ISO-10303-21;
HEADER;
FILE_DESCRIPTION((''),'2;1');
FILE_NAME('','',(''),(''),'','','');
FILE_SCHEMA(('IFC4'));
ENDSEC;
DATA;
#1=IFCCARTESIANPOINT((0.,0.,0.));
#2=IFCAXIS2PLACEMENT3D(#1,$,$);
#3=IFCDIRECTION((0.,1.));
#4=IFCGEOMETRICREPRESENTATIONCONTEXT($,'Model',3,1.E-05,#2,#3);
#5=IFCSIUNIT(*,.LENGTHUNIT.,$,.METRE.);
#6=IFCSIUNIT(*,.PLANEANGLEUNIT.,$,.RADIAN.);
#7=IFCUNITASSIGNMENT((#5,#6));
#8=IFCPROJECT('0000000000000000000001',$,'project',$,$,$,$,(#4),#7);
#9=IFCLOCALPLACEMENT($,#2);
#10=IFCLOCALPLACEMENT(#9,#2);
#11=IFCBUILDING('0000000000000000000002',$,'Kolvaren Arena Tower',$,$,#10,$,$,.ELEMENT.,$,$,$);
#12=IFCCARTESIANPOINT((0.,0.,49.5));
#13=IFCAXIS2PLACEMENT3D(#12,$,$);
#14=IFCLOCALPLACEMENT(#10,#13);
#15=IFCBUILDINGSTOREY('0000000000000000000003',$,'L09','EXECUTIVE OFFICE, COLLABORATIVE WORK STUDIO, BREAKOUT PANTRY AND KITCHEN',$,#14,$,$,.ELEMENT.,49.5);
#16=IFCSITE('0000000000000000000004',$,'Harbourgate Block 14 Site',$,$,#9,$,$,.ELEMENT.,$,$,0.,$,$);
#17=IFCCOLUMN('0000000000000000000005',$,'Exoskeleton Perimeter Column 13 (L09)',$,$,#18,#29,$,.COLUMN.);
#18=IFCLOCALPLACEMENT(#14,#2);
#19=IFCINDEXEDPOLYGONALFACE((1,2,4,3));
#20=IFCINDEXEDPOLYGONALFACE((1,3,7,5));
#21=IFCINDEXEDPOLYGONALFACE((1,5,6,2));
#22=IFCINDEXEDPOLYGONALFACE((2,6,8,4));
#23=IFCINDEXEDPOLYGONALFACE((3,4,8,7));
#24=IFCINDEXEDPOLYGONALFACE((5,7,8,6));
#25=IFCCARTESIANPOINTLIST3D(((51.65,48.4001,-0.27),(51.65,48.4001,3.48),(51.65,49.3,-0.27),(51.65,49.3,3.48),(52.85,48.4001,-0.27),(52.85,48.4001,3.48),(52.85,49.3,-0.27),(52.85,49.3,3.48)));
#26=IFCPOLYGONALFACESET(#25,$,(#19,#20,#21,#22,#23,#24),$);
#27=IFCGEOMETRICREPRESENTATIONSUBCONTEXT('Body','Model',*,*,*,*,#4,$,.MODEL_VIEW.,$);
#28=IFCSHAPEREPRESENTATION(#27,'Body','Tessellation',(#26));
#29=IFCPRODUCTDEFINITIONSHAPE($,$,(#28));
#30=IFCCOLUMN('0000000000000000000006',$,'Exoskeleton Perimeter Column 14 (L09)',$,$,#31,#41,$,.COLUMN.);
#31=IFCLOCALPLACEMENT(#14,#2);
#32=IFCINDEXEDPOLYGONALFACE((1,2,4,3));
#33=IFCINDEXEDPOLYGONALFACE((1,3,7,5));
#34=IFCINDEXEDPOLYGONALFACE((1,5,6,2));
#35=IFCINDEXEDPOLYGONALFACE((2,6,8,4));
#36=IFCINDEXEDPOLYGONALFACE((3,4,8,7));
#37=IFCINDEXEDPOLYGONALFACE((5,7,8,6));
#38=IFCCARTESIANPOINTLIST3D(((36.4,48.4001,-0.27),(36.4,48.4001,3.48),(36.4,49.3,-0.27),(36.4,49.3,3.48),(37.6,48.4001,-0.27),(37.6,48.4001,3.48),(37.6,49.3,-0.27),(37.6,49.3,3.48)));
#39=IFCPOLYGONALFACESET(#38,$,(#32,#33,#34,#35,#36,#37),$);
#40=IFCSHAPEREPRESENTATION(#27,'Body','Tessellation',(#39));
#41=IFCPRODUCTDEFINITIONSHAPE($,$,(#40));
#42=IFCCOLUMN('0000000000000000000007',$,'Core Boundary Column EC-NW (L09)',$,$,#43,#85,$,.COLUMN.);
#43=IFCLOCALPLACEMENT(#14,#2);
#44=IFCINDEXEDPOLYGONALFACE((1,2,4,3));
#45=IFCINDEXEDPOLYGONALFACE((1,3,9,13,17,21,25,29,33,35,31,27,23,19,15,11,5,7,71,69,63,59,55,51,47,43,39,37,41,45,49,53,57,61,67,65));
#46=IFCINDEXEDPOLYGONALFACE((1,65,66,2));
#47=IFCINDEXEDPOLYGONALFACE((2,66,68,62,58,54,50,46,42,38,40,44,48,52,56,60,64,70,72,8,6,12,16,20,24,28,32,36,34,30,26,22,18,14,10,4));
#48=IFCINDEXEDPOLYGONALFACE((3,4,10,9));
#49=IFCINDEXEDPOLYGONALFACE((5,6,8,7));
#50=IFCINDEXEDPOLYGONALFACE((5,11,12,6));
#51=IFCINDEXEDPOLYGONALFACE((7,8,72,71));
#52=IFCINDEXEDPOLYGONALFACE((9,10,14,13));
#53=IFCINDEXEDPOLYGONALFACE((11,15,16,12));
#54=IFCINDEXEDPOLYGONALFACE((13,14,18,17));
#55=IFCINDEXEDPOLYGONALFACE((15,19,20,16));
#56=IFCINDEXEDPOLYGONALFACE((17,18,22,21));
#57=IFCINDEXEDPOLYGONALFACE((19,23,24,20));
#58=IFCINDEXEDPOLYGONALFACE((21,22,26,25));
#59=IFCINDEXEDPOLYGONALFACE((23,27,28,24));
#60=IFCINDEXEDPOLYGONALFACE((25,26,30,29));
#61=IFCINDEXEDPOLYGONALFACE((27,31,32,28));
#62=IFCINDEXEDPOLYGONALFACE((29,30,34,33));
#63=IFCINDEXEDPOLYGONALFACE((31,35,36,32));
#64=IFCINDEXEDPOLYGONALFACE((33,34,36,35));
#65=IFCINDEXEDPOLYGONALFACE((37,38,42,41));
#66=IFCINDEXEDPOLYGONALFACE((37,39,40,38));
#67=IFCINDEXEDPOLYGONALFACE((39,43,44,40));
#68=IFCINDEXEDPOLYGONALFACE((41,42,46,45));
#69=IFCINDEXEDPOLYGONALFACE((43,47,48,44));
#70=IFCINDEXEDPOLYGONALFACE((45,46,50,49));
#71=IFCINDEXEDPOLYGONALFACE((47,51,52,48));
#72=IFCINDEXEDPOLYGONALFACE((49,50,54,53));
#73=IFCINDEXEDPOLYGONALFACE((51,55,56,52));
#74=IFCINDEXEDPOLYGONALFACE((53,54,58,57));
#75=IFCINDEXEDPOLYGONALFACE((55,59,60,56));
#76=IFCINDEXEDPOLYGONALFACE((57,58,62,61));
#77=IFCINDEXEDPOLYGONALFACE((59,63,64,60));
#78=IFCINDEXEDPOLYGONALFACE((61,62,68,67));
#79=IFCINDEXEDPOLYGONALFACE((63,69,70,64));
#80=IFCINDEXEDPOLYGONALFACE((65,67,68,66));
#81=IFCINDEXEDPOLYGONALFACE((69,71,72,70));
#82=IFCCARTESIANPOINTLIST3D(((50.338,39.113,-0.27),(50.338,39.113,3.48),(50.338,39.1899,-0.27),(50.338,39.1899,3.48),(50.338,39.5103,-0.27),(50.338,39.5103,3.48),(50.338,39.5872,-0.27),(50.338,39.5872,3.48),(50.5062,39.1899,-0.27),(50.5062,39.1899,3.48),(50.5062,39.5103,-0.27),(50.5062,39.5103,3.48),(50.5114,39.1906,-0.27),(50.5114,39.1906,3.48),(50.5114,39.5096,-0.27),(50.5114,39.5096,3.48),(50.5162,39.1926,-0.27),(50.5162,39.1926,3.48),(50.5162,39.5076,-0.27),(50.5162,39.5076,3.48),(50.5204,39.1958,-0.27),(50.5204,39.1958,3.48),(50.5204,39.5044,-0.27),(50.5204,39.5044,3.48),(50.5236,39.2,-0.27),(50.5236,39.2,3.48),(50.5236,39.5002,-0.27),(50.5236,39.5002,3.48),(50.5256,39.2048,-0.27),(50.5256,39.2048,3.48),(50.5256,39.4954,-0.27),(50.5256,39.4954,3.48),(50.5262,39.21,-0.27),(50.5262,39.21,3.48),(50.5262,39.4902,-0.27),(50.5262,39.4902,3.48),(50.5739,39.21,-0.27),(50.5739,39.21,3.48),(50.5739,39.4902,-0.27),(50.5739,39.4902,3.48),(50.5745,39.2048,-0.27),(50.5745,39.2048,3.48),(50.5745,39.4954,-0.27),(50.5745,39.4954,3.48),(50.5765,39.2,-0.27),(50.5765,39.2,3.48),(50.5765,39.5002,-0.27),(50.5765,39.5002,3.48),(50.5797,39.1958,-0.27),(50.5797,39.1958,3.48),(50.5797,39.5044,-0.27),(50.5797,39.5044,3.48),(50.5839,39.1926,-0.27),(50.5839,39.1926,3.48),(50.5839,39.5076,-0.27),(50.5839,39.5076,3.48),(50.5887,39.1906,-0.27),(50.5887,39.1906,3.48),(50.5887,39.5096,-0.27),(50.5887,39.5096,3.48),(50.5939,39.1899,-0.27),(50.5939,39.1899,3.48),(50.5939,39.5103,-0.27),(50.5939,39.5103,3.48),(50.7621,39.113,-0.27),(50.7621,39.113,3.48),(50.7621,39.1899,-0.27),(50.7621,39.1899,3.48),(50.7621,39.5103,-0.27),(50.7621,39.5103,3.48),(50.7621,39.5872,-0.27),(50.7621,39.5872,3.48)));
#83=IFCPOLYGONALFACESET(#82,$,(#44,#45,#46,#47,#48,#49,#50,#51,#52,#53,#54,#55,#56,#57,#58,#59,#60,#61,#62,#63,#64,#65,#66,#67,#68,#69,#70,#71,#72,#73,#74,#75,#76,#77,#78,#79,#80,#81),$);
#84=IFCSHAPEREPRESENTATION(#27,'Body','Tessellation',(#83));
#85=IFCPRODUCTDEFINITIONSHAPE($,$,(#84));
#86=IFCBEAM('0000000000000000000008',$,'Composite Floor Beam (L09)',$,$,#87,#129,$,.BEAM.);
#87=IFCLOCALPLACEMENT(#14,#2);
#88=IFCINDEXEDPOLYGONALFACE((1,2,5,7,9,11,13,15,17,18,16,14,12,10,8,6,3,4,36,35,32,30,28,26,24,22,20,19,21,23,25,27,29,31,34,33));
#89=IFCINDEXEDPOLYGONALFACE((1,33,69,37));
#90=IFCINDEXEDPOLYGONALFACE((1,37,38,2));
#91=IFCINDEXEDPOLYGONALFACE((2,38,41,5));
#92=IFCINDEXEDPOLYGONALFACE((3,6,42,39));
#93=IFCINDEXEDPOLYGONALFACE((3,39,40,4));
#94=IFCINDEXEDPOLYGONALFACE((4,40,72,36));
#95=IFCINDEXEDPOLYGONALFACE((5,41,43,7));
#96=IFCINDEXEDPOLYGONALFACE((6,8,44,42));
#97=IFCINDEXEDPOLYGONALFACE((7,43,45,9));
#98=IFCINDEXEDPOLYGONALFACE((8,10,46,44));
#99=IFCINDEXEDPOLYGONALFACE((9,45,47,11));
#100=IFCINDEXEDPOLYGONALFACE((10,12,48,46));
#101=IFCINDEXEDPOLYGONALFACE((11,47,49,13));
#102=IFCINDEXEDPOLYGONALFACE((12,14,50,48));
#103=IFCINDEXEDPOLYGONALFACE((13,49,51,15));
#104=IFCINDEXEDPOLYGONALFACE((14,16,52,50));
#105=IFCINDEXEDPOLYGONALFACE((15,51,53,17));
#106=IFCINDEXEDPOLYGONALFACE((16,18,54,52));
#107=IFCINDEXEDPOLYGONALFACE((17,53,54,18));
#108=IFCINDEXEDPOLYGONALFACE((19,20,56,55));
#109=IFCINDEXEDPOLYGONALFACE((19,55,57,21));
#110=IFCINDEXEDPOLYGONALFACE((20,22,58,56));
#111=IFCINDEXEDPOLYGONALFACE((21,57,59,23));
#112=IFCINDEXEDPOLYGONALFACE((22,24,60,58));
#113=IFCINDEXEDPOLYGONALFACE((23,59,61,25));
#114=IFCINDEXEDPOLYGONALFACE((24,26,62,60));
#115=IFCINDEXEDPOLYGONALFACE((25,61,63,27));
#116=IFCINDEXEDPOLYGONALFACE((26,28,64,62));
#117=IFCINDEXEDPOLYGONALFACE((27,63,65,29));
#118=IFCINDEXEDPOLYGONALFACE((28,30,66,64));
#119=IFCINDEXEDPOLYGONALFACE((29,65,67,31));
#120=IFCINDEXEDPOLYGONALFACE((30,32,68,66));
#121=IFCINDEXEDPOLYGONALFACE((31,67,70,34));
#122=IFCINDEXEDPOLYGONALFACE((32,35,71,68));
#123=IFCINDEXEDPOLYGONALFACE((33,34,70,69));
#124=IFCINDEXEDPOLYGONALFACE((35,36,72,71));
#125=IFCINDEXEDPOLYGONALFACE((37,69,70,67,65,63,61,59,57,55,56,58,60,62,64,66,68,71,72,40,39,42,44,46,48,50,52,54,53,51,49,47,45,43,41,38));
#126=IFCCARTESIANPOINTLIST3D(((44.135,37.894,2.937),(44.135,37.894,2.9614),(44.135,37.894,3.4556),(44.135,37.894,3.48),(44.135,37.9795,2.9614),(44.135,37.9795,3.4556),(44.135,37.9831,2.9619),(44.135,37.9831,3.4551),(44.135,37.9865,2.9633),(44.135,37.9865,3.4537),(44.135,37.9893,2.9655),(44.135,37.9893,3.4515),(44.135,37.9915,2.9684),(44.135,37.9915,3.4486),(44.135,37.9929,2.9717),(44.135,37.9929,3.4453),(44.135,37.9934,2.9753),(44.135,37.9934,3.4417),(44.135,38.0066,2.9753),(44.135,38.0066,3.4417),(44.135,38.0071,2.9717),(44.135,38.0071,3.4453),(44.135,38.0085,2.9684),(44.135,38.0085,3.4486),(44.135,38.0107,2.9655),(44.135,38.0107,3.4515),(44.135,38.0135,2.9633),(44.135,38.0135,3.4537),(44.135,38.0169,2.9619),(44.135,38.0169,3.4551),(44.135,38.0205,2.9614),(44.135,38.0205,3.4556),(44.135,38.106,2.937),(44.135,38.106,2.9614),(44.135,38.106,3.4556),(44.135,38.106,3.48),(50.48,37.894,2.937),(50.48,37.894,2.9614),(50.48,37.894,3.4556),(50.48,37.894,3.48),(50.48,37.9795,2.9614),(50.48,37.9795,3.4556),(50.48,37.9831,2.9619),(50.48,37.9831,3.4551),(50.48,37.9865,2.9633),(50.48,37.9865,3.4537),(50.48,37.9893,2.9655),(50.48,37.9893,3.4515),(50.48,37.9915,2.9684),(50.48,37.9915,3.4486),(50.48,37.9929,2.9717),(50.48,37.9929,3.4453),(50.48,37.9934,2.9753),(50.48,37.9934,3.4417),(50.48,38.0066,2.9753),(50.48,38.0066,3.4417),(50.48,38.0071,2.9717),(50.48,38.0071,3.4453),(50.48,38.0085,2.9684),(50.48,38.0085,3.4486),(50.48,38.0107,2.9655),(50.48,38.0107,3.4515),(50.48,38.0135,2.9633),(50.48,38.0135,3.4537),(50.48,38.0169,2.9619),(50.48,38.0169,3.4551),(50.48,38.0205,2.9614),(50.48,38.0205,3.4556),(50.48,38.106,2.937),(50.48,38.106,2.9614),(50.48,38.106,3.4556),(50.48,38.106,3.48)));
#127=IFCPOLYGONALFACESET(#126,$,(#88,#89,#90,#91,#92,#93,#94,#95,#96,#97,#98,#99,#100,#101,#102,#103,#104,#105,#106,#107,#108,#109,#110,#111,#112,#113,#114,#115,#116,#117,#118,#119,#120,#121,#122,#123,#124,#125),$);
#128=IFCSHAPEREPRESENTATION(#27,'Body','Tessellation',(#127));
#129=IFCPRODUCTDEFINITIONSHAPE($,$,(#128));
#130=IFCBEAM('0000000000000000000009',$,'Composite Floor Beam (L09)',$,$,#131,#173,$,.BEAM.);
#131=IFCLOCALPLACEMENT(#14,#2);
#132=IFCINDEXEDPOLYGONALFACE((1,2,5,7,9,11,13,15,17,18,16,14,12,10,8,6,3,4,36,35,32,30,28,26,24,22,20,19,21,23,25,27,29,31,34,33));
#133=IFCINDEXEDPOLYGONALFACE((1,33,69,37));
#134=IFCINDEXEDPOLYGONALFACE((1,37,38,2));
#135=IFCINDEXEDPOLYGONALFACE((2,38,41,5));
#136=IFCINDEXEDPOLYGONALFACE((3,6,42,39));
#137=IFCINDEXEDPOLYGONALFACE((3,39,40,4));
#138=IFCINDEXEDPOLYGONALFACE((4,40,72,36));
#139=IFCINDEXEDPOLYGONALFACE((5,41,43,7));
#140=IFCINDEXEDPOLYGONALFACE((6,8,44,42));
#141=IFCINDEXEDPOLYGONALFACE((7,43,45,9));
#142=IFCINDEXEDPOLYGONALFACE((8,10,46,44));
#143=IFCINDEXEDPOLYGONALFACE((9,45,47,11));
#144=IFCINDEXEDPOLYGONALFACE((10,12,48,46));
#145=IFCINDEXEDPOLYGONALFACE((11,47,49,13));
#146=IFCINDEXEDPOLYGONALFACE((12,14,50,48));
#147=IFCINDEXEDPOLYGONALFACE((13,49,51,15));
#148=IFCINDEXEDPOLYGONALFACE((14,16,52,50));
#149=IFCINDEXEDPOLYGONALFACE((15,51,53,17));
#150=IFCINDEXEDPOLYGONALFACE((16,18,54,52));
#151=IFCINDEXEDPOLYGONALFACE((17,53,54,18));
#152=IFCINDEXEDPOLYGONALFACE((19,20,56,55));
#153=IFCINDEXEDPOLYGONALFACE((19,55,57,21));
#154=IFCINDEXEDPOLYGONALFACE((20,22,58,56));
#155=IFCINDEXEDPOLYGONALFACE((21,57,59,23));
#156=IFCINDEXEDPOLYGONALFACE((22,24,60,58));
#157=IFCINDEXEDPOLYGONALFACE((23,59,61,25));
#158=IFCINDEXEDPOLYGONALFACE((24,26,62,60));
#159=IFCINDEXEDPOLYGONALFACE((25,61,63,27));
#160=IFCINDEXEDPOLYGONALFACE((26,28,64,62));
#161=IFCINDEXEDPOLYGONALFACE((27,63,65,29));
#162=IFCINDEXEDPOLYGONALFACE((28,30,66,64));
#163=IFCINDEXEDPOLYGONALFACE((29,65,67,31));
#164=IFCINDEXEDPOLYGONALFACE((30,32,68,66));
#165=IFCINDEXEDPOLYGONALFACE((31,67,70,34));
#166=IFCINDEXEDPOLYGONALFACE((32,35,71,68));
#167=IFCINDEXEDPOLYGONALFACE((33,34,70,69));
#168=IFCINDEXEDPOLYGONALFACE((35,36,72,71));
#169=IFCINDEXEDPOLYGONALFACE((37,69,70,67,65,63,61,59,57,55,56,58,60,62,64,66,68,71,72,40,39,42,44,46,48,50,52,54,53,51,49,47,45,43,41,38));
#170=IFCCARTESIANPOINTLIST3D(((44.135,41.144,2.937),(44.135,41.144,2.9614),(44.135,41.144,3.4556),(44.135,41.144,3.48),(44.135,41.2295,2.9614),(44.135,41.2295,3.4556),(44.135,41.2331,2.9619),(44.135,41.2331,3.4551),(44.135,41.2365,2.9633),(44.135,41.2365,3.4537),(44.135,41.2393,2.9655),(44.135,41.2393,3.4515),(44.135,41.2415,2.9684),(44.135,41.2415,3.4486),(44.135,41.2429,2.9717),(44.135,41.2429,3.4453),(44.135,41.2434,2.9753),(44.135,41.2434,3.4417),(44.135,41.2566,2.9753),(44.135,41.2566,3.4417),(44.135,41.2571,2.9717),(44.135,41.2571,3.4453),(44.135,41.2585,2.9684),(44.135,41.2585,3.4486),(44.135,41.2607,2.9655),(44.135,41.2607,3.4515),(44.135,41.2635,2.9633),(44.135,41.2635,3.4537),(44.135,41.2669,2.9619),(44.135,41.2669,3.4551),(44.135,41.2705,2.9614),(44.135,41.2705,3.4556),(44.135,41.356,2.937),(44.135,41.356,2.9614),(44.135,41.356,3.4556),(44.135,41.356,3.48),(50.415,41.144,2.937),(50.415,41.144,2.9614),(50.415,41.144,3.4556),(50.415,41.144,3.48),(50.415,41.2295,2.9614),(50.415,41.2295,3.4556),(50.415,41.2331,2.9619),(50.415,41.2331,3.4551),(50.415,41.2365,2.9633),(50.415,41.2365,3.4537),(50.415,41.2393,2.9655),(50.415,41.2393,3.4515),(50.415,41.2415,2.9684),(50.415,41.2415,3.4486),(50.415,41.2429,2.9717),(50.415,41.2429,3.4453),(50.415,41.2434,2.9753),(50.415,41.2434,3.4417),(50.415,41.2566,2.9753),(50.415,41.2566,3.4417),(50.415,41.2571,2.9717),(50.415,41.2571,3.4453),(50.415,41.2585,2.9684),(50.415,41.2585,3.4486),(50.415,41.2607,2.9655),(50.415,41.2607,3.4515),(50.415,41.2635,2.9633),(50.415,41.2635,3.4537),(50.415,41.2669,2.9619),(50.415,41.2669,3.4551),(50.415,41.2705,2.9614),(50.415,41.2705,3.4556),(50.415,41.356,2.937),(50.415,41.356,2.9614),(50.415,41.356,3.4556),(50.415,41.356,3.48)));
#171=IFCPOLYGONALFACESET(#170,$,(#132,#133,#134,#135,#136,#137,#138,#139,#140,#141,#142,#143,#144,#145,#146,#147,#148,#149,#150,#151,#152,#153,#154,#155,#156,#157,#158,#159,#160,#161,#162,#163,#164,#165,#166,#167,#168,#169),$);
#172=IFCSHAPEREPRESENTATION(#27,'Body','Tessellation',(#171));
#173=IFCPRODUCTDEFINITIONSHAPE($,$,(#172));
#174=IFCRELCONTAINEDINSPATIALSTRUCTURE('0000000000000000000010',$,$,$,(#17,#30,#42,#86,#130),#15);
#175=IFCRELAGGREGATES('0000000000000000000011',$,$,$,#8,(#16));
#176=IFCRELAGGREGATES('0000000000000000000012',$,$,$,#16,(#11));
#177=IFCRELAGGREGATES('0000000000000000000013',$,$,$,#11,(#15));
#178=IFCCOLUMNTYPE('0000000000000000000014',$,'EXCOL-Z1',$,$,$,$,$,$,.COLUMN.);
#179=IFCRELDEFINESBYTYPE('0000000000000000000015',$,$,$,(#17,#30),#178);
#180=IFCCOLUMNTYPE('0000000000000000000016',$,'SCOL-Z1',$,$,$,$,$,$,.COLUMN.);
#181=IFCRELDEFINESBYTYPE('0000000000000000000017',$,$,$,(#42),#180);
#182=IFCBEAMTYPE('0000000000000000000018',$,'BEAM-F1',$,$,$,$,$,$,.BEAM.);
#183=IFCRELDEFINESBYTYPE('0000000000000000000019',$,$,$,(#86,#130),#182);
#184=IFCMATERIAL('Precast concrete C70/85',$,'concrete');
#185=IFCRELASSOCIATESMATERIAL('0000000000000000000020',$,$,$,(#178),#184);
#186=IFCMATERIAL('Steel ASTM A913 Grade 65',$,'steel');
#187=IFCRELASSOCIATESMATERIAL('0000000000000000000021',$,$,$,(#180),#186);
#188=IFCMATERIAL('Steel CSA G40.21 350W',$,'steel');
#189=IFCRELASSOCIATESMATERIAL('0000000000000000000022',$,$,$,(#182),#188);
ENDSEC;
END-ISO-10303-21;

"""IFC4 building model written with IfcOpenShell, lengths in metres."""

from ifc_helpers import new_model, si_unit, direction, frame, origin, origin_2d, place, context, subcontext, project, spatial, rectangle, i_section, extrude, material, material_profile, profile_set, type_object, element, save


model = new_model("IFC4")

# Units and contexts
model_context = context("Model", 3, precision=1e-05, world=origin(), true_north=direction((0.0, 1.0)))
body_context = subcontext(model_context, "Body", "Model", "MODEL_VIEW")
ifc_project = project(units=[si_unit("LENGTHUNIT", "METRE"), si_unit("PLANEANGLEUNIT", "RADIAN")], contexts=[model_context])

# Site, building, storey
site_placement = place(None, origin())
site = spatial("IfcSite", under=ifc_project, at=site_placement, Name="Harbourgate Block 14 Site", CompositionType="ELEMENT", RefElevation=0.0)
building_placement = place(site_placement, origin())
building = spatial("IfcBuilding", under=site, at=building_placement, Name="Kolvaren Arena Tower", CompositionType="ELEMENT")
storey_placement = place(building_placement, frame((0.0, 0.0, 49.5)))
storey = spatial("IfcBuildingStorey", under=building, at=storey_placement, Name="L09", Description="EXECUTIVE OFFICE, COLLABORATIVE WORK STUDIO, BREAKOUT PANTRY AND KITCHEN", CompositionType="ELEMENT", Elevation=49.5)

# Columns
ifc_material_1 = material(Name="Precast concrete C70/85", Category="concrete")
ifc_material_profile_1 = material_profile(ifc_material_1, rectangle(XDim=1.2, YDim=0.8999, at=origin_2d()), Name="RC-1200x900")
ifc_profile_set_1 = profile_set([ifc_material_profile_1], Name="Precast concrete C70/85")
column_type_1 = type_object("IfcColumnType", Name="EXCOL-Z1", PredefinedType="COLUMN", material=ifc_profile_set_1)
for number, where, z_axis, x_axis, name in (
    (1, (52.25, 48.8501, -0.27), (0.0, 0.0, 1.0), (1.0, 0.0, 0.0), "Exoskeleton Perimeter Column 13 (L09)"),
    (2, (37.0, 48.8501, -0.27), (0.0, 0.0, 1.0), (1.0, 0.0, 0.0), "Exoskeleton Perimeter Column 14 (L09)"),
):
    element("IfcColumn", number, at=place(storey_placement, frame(where, z_axis=z_axis, x_axis=x_axis)), inside=storey, type_object=column_type_1, Name=name, PredefinedType="COLUMN", context=body_context, shape_type="SweptSolid", body=[
        extrude(rectangle(XDim=1.2, YDim=0.8999, at=origin_2d()), origin(), (0.0, 0.0, 1.0), 3.75),
    ])
ifc_material_2 = material(Name="Steel ASTM A913 Grade 65", Category="steel")
ifc_material_profile_2 = material_profile(ifc_material_2, i_section(OverallWidth=0.4241, OverallDepth=0.4741, WebThickness=0.0476, FlangeThickness=0.0769, FilletRadius=0.02, at=origin_2d()), Name="W360x634")
ifc_profile_set_2 = profile_set([ifc_material_profile_2], Name="Steel ASTM A913 Grade 65")
column_type_2 = type_object("IfcColumnType", Name="SCOL-Z1", PredefinedType="COLUMN", material=ifc_profile_set_2)
column_placement = place(storey_placement, frame((50.55, 39.3501, -0.27), z_axis=(0.0, 0.0, 1.0), x_axis=(1.0, 0.0, 0.0)))
element("IfcColumn", 3, at=column_placement, inside=storey, type_object=column_type_2, Name="Core Boundary Column EC-NW (L09)", PredefinedType="COLUMN", context=body_context, shape_type="SweptSolid", body=[
    extrude(i_section(OverallWidth=0.4241, OverallDepth=0.4741, WebThickness=0.0476, FlangeThickness=0.0769, FilletRadius=0.02, at=origin_2d()), origin(), (0.0, 0.0, 1.0), 3.75),
])

# Beams
ifc_material_3 = material(Name="Steel CSA G40.21 350W", Category="steel")
ifc_material_profile_3 = material_profile(ifc_material_3, i_section(OverallWidth=0.2119, OverallDepth=0.543, WebThickness=0.0132, FlangeThickness=0.0244, FilletRadius=0.0139, at=origin_2d()), Name="W530x150")
ifc_profile_set_3 = profile_set([ifc_material_profile_3], Name="Steel CSA G40.21 350W")
beam_type_1 = type_object("IfcBeamType", Name="BEAM-F1", PredefinedType="BEAM", material=ifc_profile_set_3)
beam_1_placement = place(storey_placement, frame((44.135, 38.0, 3.2085), z_axis=(1.0, 0.0, 0.0), x_axis=(0.0, 1.0, 0.0)))
element("IfcBeam", 4, at=beam_1_placement, inside=storey, type_object=beam_type_1, Name="Composite Floor Beam (L09)", PredefinedType="BEAM", context=body_context, shape_type="SweptSolid", body=[
    extrude(i_section(OverallWidth=0.2119, OverallDepth=0.543, WebThickness=0.0132, FlangeThickness=0.0244, FilletRadius=0.0139, at=origin_2d()), origin(), (0.0, 0.0, 1.0), 6.345),
])
beam_2_placement = place(storey_placement, frame((44.135, 41.25, 3.2085), z_axis=(1.0, 0.0, 0.0), x_axis=(0.0, 1.0, 0.0)))
element("IfcBeam", 5, at=beam_2_placement, inside=storey, type_object=beam_type_1, Name="Composite Floor Beam (L09)", PredefinedType="BEAM", context=body_context, shape_type="SweptSolid", body=[
    extrude(i_section(OverallWidth=0.2119, OverallDepth=0.543, WebThickness=0.0132, FlangeThickness=0.0244, FilletRadius=0.0139, at=origin_2d()), origin(), (0.0, 0.0, 1.0), 6.28),
])

save(model, "model.ifc")
